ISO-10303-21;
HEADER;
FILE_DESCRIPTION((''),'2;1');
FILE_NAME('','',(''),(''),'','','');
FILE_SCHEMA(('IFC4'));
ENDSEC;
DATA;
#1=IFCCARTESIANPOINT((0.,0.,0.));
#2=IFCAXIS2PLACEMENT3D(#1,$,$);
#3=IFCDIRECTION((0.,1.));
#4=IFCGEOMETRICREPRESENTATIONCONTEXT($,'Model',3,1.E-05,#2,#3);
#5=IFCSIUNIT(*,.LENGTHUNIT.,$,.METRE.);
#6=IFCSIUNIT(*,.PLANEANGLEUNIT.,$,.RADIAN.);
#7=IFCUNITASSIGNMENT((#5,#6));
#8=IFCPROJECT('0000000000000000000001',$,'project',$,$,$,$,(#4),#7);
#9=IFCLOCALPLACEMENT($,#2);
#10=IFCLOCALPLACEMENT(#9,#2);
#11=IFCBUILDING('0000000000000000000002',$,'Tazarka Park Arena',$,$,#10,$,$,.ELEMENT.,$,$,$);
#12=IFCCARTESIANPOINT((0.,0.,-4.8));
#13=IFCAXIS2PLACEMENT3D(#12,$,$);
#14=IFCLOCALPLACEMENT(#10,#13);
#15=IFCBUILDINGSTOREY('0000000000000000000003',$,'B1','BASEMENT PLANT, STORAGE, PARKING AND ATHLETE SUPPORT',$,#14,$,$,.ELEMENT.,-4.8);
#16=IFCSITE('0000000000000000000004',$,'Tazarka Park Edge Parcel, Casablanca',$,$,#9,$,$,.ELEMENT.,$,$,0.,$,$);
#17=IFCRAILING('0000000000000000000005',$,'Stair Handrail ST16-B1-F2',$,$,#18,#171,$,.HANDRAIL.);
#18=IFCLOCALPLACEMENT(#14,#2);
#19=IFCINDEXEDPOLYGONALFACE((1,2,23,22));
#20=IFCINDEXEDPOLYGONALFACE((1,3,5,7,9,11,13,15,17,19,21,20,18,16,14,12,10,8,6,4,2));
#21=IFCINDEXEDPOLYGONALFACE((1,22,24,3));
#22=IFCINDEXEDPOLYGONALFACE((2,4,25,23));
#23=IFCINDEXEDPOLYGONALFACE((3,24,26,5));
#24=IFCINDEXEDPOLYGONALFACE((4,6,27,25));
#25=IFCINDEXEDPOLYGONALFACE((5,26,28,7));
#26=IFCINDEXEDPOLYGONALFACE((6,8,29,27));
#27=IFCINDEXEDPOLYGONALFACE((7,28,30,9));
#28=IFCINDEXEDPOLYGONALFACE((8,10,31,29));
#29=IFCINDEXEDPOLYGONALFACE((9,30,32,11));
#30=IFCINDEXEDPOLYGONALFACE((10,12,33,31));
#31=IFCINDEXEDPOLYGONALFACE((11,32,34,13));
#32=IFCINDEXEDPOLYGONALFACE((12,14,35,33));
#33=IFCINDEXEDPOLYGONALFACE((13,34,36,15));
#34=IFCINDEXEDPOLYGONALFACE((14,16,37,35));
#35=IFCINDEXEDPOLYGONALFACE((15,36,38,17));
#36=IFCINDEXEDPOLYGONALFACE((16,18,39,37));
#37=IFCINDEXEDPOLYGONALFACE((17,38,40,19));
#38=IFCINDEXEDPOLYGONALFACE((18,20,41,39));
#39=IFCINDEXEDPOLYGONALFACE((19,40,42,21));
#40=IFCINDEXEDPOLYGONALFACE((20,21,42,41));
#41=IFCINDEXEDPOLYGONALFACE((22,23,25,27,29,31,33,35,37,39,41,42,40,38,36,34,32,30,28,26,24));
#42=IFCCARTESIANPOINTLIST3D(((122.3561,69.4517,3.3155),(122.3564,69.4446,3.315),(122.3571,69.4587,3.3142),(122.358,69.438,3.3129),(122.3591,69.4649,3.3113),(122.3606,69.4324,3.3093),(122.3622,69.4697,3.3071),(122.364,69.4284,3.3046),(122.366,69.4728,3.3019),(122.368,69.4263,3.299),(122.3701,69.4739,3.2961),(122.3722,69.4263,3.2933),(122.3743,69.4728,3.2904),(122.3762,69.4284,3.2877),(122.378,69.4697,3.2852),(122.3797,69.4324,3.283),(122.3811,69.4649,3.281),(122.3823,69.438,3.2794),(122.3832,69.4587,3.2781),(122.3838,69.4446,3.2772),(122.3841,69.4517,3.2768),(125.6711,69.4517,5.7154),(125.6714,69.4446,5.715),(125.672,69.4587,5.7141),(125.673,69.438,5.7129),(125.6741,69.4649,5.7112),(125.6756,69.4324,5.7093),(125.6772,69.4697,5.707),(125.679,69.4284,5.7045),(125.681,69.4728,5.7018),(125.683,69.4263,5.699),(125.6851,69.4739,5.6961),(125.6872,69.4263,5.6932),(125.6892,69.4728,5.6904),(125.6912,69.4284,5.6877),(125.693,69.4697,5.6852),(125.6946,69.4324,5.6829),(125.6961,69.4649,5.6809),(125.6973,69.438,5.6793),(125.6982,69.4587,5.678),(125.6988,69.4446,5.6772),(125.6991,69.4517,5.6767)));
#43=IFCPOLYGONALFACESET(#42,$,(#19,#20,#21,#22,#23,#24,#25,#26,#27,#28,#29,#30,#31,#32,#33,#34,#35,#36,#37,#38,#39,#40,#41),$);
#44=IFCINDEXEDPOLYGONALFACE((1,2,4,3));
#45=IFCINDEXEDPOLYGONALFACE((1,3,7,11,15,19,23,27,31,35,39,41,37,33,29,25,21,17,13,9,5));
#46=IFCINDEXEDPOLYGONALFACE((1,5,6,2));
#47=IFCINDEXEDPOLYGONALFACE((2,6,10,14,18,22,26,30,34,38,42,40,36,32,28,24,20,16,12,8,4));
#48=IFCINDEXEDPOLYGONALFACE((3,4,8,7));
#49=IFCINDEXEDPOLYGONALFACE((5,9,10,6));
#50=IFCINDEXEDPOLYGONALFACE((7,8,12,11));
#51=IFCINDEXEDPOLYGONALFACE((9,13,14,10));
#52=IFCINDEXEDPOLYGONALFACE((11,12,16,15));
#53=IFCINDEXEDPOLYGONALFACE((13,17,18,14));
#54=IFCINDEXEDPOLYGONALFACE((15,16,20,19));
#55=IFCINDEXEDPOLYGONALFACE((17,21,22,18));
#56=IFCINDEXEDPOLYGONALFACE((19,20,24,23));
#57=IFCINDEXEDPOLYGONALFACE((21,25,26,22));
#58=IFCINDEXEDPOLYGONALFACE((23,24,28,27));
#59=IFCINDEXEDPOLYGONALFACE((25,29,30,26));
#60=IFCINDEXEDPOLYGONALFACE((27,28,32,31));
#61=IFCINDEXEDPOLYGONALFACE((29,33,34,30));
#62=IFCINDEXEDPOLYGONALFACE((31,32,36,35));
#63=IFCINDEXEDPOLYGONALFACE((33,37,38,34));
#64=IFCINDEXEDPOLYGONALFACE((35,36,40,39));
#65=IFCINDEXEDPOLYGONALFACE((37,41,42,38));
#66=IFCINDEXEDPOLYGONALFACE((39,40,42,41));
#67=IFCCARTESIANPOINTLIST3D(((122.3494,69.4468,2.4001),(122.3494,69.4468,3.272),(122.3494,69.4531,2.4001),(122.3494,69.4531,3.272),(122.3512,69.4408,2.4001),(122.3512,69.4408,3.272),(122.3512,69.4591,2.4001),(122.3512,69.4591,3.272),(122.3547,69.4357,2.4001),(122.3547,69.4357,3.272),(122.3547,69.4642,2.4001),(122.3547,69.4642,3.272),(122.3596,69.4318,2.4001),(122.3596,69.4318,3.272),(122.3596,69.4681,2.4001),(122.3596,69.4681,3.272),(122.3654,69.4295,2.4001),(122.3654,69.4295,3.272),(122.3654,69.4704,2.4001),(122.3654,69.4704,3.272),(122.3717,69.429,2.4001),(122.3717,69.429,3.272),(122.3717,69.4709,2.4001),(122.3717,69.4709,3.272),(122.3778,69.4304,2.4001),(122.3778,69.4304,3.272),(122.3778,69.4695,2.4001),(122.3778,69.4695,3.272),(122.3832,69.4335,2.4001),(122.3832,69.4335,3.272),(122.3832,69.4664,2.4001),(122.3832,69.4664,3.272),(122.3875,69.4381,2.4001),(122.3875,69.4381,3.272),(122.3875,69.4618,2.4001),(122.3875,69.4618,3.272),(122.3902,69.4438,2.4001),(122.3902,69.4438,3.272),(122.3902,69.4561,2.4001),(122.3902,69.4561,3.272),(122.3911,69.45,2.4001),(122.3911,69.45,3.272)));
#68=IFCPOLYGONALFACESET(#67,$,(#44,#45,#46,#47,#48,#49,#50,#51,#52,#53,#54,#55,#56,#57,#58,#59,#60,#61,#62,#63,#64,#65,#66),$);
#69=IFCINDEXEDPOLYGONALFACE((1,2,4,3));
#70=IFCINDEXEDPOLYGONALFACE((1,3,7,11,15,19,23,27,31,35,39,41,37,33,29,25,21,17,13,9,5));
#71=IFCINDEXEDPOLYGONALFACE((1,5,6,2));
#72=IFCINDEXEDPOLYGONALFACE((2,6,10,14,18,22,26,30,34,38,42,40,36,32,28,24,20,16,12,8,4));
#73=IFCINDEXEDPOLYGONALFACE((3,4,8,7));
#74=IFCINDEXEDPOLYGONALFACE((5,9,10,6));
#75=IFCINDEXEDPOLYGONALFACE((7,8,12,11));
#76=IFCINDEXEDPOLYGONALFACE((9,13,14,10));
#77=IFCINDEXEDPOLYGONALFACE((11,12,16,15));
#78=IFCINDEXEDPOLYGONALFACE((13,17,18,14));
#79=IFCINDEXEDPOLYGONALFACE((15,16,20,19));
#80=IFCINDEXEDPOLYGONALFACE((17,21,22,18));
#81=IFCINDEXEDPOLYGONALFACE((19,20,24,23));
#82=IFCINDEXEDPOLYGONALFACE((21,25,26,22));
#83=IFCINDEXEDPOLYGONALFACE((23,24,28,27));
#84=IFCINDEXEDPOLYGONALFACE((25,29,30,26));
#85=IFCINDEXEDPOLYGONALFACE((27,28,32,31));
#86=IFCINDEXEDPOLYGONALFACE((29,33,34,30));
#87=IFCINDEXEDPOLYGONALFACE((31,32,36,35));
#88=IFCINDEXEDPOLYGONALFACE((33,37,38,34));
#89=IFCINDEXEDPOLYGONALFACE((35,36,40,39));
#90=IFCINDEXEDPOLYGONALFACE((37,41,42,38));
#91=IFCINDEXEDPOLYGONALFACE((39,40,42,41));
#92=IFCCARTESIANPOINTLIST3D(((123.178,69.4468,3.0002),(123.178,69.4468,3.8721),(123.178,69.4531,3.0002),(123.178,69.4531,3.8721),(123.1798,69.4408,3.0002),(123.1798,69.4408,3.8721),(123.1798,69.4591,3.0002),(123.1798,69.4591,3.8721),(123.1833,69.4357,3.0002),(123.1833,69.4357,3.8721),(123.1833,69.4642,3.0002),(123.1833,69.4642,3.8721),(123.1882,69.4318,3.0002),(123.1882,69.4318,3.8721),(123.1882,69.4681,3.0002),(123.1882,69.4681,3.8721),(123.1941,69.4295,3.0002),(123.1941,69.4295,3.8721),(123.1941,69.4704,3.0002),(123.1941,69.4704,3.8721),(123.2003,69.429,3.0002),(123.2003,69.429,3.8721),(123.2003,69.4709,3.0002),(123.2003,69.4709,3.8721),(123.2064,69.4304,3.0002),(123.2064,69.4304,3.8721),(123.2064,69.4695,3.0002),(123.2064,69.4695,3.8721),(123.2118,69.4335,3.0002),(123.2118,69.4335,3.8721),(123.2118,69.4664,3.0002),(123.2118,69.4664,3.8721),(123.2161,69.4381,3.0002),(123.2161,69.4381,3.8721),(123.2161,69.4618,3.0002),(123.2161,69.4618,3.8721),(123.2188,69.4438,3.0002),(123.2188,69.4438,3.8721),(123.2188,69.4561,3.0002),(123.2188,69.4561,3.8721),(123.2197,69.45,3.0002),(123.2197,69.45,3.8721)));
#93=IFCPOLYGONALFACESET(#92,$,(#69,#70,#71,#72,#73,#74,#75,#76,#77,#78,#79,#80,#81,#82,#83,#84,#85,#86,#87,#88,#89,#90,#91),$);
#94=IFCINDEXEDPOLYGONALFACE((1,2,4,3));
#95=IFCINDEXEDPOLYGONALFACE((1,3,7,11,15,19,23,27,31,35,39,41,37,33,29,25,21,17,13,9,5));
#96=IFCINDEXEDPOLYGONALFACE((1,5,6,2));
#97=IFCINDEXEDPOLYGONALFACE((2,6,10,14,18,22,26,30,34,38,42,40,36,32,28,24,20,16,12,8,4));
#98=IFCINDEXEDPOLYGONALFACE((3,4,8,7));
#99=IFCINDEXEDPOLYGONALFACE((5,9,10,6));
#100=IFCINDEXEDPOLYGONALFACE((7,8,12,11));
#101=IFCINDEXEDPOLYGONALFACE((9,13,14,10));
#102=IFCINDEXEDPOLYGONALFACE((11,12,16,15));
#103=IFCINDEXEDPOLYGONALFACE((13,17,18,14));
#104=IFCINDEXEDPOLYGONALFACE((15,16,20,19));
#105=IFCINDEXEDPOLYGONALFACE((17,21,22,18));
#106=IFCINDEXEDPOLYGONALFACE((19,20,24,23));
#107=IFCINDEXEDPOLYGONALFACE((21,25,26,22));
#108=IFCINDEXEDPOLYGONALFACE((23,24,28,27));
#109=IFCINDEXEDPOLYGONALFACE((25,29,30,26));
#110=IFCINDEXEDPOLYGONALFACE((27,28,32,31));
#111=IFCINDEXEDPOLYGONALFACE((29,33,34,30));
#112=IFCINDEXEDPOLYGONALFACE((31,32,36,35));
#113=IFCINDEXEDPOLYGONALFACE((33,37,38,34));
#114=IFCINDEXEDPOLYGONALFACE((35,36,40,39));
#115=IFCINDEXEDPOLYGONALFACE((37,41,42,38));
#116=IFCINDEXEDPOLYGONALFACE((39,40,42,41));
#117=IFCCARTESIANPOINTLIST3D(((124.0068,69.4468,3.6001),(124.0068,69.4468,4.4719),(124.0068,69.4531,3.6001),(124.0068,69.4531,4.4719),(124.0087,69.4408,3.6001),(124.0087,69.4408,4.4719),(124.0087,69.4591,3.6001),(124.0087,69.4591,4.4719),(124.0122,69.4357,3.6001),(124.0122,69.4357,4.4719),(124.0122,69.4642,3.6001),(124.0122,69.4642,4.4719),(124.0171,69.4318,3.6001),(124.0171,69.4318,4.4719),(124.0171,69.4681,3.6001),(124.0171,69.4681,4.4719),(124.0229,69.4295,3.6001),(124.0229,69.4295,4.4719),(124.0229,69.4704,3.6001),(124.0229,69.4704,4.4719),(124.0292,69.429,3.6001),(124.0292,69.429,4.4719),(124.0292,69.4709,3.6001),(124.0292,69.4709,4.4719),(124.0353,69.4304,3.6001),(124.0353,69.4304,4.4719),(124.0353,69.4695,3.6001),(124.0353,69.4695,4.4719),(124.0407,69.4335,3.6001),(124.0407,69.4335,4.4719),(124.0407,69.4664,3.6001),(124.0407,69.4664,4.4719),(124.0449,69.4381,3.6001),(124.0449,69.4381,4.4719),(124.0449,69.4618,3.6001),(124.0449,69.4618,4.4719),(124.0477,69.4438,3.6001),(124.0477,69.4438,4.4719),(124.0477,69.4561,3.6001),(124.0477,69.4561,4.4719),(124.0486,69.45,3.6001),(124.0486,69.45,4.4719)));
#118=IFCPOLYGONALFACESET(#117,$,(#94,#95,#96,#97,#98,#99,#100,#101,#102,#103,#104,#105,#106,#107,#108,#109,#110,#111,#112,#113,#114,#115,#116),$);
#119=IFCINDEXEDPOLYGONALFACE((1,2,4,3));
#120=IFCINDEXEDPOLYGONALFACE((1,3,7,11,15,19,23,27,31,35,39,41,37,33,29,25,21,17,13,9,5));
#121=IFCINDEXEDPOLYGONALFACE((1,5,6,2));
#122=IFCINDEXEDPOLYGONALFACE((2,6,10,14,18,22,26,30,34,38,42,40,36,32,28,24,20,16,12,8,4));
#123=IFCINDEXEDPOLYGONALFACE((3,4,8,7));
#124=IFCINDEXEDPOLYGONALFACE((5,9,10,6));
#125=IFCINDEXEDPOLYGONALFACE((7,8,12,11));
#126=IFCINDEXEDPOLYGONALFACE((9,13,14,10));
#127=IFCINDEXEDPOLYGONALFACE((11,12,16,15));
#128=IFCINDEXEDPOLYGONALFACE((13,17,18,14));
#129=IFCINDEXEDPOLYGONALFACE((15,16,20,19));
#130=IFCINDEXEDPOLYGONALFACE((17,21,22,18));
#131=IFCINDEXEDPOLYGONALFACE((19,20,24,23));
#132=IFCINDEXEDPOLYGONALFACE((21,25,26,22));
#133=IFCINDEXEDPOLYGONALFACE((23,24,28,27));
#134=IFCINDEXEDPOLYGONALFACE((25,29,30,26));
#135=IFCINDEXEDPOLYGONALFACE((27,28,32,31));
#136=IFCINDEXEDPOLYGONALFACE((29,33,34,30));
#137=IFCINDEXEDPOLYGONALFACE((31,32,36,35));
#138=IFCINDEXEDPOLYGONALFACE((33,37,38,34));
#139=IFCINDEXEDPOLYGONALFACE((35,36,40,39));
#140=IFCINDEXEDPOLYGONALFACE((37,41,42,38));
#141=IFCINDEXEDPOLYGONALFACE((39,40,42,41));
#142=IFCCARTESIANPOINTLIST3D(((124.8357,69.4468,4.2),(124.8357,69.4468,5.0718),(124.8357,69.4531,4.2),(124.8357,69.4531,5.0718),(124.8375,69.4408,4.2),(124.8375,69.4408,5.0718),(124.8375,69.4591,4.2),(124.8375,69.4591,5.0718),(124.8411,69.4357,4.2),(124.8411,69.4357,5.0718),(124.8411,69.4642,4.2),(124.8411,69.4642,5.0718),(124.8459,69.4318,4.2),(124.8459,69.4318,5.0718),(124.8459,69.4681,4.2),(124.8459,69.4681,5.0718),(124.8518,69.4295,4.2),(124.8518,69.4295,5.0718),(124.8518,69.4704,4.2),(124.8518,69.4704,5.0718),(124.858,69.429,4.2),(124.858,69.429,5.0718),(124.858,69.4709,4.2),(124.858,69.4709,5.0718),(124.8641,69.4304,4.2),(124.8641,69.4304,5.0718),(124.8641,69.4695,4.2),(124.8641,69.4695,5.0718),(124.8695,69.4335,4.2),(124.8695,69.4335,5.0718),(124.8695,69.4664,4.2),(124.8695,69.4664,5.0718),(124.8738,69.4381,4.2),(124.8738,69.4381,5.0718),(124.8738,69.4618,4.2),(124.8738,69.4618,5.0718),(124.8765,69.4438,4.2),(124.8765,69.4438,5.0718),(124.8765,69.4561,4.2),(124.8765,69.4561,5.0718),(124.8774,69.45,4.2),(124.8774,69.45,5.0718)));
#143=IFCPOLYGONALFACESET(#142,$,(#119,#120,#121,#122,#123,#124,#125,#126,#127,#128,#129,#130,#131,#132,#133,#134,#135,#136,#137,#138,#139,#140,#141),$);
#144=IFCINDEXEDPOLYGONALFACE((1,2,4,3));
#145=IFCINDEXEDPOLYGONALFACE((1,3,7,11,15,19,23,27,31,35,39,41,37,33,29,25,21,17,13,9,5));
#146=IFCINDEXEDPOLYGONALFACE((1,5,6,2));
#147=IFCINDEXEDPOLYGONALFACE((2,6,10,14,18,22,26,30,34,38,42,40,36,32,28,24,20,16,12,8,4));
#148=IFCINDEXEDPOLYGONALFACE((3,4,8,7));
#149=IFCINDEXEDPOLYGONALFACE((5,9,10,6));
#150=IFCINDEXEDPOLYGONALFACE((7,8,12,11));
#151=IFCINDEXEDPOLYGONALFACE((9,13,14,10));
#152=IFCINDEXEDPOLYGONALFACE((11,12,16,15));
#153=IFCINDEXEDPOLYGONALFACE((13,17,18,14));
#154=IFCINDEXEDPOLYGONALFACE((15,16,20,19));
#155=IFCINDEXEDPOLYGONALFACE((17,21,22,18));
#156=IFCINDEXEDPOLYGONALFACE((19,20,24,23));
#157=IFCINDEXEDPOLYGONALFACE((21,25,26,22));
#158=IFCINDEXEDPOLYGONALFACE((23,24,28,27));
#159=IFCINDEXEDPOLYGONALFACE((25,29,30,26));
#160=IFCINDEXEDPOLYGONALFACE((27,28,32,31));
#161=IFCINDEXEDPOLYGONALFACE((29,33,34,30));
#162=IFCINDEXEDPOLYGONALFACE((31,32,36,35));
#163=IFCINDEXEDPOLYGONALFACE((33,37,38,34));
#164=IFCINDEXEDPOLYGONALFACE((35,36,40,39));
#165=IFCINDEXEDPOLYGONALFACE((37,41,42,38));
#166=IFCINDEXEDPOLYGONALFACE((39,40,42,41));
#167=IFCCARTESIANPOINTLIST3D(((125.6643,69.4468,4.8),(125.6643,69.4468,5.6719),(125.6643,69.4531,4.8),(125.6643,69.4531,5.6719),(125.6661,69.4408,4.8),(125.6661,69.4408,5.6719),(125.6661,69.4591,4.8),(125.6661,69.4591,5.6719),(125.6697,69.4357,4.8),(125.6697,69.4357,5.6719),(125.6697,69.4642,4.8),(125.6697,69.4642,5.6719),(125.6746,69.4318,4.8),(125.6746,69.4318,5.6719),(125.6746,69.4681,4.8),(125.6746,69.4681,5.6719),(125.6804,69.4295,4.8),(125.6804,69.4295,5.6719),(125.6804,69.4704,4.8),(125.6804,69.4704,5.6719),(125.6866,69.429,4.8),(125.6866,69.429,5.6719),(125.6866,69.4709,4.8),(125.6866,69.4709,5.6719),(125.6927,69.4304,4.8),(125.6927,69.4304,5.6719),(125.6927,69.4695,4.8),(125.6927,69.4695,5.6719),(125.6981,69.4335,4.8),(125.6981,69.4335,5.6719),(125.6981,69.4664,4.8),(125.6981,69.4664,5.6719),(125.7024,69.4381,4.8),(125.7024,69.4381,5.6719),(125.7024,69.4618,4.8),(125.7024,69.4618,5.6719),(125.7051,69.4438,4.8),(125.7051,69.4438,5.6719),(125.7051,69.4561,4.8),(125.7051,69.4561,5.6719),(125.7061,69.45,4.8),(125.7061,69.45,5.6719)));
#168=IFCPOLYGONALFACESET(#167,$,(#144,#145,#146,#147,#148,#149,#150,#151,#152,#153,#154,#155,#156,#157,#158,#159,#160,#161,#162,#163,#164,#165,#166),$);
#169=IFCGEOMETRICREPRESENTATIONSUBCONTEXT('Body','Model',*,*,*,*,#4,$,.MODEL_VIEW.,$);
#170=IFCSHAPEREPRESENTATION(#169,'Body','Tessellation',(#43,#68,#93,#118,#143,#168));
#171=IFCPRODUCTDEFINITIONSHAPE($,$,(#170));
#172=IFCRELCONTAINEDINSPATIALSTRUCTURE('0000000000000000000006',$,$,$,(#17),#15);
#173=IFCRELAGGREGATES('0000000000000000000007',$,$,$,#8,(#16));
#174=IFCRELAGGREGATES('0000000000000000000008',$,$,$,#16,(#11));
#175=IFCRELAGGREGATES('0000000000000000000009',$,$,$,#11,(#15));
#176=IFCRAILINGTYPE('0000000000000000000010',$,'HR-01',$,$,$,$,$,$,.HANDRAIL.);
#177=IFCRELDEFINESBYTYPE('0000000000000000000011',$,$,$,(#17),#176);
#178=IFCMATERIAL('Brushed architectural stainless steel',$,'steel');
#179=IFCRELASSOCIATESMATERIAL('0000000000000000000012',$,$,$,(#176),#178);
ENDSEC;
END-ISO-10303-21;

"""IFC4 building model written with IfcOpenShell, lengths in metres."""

from ifc_helpers import new_model, si_unit, direction, frame, origin, origin_2d, place, context, subcontext, project, spatial, circle, extrude, material, type_object, element, save


model = new_model("IFC4")

# Units and contexts
model_context = context("Model", 3, precision=1e-05, world=origin(), true_north=direction((0.0, 1.0)))
body_context = subcontext(model_context, "Body", "Model", "MODEL_VIEW")
ifc_project = project(units=[si_unit("LENGTHUNIT", "METRE"), si_unit("PLANEANGLEUNIT", "RADIAN")], contexts=[model_context])

# Site, building, storey
site_placement = place(None, origin())
site = spatial("IfcSite", under=ifc_project, at=site_placement, Name="Tazarka Park Edge Parcel, Casablanca", CompositionType="ELEMENT", RefElevation=0.0)
building_placement = place(site_placement, origin())
building = spatial("IfcBuilding", under=site, at=building_placement, Name="Tazarka Park Arena", CompositionType="ELEMENT")
storey_placement = place(building_placement, frame((0.0, 0.0, -4.8)))
storey = spatial("IfcBuildingStorey", under=building, at=storey_placement, Name="B1", Description="BASEMENT PLANT, STORAGE, PARKING AND ATHLETE SUPPORT", CompositionType="ELEMENT", Elevation=-4.8)

# Railing
ifc_material_1 = material(Name="Brushed architectural stainless steel", Category="steel")
railing_type_1 = type_object("IfcRailingType", Name="HR-01", PredefinedType="HANDRAIL", material=ifc_material_1)
railing_1_placement = place(storey_placement, frame((122.3701, 69.45, 2.4001)))
element("IfcRailing", 1, at=railing_1_placement, inside=storey, type_object=railing_type_1, Name="Stair Handrail ST16-B1-F2", PredefinedType="HANDRAIL", context=body_context, shape_type="SweptSolid", body=[
    extrude(circle(Radius=0.0239, at=origin_2d()), frame((0.0, 0.0, 0.896), z_axis=(0.810009, 0.0, 0.586418), x_axis=(0.0, 1.0, 0.0)), (0.0, 0.0, 1.0), 4.0925),
    extrude(circle(Radius=0.021, at=origin_2d()), origin(), (0.0, 0.0, 1.0), 0.8718),
    extrude(circle(Radius=0.021, at=origin_2d()), frame((0.8286, 0.0, 0.6001)), (0.0, 0.0, 1.0), 0.8718),
    extrude(circle(Radius=0.021, at=origin_2d()), frame((1.6575, 0.0, 1.2)), (0.0, 0.0, 1.0), 0.8718),
    extrude(circle(Radius=0.021, at=origin_2d()), frame((2.4863, 0.0, 1.7998)), (0.0, 0.0, 1.0), 0.8718),
    extrude(circle(Radius=0.021, at=origin_2d()), frame((3.3149, 0.0, 2.3999)), (0.0, 0.0, 1.0), 0.8718),
])

save(model, "model.ifc")
